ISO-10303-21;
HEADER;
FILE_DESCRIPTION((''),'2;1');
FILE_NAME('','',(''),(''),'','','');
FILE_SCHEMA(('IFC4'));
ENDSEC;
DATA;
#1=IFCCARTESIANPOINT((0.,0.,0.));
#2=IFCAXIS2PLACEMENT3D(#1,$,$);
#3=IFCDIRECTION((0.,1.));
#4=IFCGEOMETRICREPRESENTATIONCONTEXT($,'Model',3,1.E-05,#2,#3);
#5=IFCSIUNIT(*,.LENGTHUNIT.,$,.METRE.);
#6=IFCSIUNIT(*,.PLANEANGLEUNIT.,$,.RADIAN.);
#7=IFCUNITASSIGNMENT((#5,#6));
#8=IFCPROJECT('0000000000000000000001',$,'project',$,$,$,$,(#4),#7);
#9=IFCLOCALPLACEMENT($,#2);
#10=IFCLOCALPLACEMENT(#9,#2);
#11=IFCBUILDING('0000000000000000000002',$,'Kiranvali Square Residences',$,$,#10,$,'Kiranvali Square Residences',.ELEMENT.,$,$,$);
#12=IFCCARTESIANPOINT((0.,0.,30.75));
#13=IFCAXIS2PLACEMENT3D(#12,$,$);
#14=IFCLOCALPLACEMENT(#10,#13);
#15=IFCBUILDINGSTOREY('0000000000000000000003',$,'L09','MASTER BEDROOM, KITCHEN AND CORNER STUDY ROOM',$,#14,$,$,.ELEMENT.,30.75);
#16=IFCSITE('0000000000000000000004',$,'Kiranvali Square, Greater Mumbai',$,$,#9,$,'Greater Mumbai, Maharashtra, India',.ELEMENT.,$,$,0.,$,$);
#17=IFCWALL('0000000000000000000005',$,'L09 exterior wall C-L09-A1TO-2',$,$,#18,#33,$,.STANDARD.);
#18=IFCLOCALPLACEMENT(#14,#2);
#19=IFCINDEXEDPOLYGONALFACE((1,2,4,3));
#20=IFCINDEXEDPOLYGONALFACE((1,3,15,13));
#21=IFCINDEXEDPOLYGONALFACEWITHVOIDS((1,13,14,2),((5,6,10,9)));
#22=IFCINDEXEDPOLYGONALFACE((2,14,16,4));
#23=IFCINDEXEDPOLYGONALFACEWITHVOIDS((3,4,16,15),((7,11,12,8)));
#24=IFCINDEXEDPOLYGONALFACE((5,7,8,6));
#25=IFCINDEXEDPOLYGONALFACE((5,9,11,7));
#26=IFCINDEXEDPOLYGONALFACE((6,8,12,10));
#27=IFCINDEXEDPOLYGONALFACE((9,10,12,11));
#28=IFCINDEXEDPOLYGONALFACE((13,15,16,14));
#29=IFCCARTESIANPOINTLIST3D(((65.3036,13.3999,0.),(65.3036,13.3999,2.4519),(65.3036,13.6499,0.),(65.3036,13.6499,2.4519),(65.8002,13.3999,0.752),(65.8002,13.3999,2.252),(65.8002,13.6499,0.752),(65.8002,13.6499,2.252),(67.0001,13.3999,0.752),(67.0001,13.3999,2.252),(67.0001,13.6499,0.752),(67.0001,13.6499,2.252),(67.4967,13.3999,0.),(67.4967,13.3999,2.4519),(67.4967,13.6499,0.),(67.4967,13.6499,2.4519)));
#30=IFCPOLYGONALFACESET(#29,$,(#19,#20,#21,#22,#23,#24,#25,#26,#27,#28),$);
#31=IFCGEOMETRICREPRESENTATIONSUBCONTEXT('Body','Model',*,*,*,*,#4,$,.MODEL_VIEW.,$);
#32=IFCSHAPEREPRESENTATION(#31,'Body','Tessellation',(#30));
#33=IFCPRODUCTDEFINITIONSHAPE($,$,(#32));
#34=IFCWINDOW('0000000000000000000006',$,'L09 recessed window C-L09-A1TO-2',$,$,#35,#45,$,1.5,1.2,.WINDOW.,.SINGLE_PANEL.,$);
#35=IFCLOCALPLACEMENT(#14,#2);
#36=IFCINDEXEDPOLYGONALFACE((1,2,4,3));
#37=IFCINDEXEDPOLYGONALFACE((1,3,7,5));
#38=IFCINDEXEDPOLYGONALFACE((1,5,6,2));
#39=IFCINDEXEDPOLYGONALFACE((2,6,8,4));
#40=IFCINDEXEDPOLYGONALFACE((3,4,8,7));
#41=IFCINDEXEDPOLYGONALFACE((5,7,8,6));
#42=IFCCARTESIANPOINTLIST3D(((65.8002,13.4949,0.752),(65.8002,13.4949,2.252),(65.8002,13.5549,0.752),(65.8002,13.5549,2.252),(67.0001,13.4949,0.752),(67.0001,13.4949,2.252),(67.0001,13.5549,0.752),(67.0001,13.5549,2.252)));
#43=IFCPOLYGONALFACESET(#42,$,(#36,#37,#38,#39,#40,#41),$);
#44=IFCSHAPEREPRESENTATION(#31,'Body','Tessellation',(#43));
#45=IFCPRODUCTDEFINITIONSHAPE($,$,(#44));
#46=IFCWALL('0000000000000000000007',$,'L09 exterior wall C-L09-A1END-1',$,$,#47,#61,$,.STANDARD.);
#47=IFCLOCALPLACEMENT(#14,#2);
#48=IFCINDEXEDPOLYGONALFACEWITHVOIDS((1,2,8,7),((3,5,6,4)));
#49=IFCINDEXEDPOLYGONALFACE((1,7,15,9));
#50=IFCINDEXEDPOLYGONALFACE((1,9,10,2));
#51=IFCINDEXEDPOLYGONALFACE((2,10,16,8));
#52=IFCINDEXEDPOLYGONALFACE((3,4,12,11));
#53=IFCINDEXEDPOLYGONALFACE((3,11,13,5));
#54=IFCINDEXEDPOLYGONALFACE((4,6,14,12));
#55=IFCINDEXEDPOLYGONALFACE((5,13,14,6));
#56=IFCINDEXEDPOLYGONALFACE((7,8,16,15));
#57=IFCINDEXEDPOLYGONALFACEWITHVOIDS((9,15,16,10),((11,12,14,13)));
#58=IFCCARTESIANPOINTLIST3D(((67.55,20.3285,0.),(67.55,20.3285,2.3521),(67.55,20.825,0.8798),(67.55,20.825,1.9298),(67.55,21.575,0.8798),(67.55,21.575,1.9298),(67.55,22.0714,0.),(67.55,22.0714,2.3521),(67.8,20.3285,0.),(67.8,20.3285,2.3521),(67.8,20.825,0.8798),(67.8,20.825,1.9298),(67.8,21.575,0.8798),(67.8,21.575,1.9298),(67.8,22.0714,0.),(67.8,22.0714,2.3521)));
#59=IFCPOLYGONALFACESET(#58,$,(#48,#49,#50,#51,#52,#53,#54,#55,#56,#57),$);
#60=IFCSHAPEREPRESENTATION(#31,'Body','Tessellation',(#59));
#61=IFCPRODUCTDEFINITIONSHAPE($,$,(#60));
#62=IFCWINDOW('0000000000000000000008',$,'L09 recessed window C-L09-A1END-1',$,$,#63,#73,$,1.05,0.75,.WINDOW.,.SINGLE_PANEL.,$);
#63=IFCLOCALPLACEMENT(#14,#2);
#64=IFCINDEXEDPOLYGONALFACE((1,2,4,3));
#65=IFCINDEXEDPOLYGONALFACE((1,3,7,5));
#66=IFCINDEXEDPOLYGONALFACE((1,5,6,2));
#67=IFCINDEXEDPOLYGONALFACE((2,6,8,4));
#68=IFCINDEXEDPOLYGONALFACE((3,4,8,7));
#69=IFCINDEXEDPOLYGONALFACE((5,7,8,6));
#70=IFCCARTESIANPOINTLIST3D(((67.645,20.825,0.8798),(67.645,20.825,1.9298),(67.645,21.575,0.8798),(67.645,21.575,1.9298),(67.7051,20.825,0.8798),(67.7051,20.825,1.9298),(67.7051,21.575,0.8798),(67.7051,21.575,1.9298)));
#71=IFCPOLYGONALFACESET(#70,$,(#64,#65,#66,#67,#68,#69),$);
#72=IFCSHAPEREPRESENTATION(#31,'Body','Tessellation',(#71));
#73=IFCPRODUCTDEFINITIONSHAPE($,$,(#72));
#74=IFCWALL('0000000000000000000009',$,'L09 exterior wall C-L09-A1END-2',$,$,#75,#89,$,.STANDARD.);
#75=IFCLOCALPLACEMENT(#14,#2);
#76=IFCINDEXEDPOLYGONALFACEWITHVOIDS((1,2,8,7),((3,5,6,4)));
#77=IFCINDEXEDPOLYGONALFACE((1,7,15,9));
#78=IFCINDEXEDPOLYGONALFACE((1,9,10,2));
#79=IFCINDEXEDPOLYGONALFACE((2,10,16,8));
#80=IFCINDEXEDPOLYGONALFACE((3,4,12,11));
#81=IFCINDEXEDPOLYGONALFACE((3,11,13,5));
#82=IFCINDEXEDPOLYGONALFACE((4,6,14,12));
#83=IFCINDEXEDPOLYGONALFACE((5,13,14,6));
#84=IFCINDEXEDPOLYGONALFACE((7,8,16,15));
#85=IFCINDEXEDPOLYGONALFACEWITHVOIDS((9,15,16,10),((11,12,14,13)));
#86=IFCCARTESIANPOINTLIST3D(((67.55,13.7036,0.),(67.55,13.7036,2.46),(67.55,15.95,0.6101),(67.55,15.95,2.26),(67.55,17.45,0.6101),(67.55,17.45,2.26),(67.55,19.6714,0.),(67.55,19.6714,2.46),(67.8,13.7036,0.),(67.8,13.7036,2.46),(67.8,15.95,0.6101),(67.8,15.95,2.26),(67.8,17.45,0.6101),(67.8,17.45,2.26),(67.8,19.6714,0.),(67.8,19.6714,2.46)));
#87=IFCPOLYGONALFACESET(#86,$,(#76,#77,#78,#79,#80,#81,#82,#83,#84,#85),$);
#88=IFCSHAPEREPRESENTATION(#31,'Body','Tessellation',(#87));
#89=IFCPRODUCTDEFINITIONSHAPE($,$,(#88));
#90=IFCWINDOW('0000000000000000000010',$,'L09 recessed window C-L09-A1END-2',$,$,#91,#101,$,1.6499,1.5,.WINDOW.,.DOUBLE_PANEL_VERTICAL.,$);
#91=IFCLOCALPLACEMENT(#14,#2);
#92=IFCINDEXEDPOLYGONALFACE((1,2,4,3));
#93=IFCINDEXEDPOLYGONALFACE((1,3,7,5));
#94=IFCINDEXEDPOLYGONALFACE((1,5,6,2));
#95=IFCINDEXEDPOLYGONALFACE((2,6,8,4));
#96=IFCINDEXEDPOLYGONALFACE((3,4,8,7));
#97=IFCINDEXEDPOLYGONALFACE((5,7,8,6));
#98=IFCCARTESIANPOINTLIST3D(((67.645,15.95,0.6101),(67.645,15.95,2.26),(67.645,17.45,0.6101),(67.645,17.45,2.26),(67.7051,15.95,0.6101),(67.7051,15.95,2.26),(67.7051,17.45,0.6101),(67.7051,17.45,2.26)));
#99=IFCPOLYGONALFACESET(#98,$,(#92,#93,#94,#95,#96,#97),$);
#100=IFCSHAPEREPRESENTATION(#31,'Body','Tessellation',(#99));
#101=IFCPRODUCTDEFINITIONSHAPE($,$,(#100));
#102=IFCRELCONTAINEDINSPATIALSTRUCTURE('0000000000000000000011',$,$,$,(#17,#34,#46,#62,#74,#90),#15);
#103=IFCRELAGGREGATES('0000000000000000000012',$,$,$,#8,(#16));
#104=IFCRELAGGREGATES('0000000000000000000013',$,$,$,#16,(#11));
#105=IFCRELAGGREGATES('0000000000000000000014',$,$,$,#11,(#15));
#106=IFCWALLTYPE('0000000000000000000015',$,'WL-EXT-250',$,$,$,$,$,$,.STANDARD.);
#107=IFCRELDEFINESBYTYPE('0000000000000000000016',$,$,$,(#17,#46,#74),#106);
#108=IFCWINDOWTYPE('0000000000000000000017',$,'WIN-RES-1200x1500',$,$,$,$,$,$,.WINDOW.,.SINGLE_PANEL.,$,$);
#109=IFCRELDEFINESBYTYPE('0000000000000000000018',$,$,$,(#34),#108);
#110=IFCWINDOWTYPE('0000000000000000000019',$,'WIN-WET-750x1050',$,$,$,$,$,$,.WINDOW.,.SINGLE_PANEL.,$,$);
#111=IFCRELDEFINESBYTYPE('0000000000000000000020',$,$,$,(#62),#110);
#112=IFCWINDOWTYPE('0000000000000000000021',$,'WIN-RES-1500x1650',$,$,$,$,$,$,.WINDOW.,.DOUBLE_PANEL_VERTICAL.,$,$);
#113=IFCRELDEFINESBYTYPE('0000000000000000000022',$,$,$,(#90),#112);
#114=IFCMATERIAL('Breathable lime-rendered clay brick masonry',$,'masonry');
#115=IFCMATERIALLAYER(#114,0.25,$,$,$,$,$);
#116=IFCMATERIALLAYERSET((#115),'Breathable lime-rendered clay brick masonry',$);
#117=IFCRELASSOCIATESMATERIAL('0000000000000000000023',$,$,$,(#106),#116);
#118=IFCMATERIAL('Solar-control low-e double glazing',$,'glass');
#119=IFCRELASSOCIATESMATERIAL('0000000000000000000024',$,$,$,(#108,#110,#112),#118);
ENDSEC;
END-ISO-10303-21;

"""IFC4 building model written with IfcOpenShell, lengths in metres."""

from ifc_helpers import new_model, si_unit, direction, frame, frame_2d, origin, place, context, subcontext, project, spatial, rectangle, extrude, material, layer, layer_set, type_object, element, fill, save


model = new_model("IFC4")

# Units and contexts
model_context = context("Model", 3, precision=1e-05, world=origin(), true_north=direction((0.0, 1.0)))
body_context = subcontext(model_context, "Body", "Model", "MODEL_VIEW")
ifc_project = project(units=[si_unit("LENGTHUNIT", "METRE"), si_unit("PLANEANGLEUNIT", "RADIAN")], contexts=[model_context])

# Site, building, storey
site_placement = place(None, origin())
site = spatial("IfcSite", under=ifc_project, at=site_placement, Name="Kiranvali Square, Greater Mumbai", LongName="Greater Mumbai, Maharashtra, India", CompositionType="ELEMENT", RefElevation=0.0)
building_placement = place(site_placement, origin())
building = spatial("IfcBuilding", under=site, at=building_placement, Name="Kiranvali Square Residences", LongName="Kiranvali Square Residences", CompositionType="ELEMENT")
storey_placement = place(building_placement, frame((0.0, 0.0, 30.75)))
storey = spatial("IfcBuildingStorey", under=building, at=storey_placement, Name="L09", Description="MASTER BEDROOM, KITCHEN AND CORNER STUDY ROOM", CompositionType="ELEMENT", Elevation=30.75)

# Walls, openings, windows
ifc_material_1 = material(Name="Breathable lime-rendered clay brick masonry", Category="masonry")
ifc_layer_1 = layer(ifc_material_1, 0.25)
ifc_layer_set_1 = layer_set([ifc_layer_1], Name="Breathable lime-rendered clay brick masonry")
wall_type_1 = type_object("IfcWallType", Name="WL-EXT-250", PredefinedType="STANDARD", material=ifc_layer_set_1)
ifc_material_2 = material(Name="Solar-control low-e double glazing", Category="glass")
window_type_1 = type_object("IfcWindowType", Name="WIN-RES-1200x1500", PartitioningType="SINGLE_PANEL", PredefinedType="WINDOW", material=ifc_material_2)
wall_1_placement = place(storey_placement, frame((65.3035, 13.5249, 0.0), z_axis=(0.0, 0.0, 1.0), x_axis=(1.0, 0.0, 0.0)))
wall_1 = element("IfcWall", 1, at=wall_1_placement, inside=storey, type_object=wall_type_1, Name="L09 exterior wall C-L09-A1TO-2", PredefinedType="STANDARD", context=body_context, shape_type="SweptSolid", body=[
    extrude(rectangle(XDim=2.1931, YDim=0.25, at=frame_2d((1.0967, 0.0))), origin(), (0.0, 0.0, 1.0), 2.4519),
])
opening_1_placement = place(wall_1_placement, frame((0.4966, 0.0, 0.752)))
opening_1 = element("IfcOpeningElement", 2, at=opening_1_placement, cuts=wall_1, PredefinedType="OPENING", context=body_context, shape_type="SweptSolid", body=[
    extrude(rectangle(XDim=1.2, YDim=1.5, at=frame_2d((0.6001, 0.75))), frame((0.0, 0.135, 0.0), z_axis=(0.0, -1.0, 0.0), x_axis=(1.0, 0.0, 0.0)), (0.0, 0.0, 1.0), 0.27),
])
window_1_placement = place(opening_1_placement, origin())
window_1 = element("IfcWindow", 3, at=window_1_placement, inside=storey, type_object=window_type_1, Name="L09 recessed window C-L09-A1TO-2", OverallHeight=1.5, OverallWidth=1.2, PartitioningType="SINGLE_PANEL", PredefinedType="WINDOW", context=body_context, shape_type="SweptSolid", body=[
    extrude(rectangle(XDim=1.2, YDim=1.5, at=frame_2d((0.6001, 0.75))), frame((0.0, 0.03, 0.0), z_axis=(0.0, -1.0, 0.0), x_axis=(1.0, 0.0, 0.0)), (0.0, 0.0, 1.0), 0.0601),
])
fill(opening_1, window_1)
wall_2_placement = place(storey_placement, frame((67.675, 22.0715, 0.0), z_axis=(0.0, 0.0, 1.0), x_axis=(0.0, -1.0, 0.0)))
wall_2 = element("IfcWall", 4, at=wall_2_placement, inside=storey, type_object=wall_type_1, Name="L09 exterior wall C-L09-A1END-1", PredefinedType="STANDARD", context=body_context, shape_type="SweptSolid", body=[
    extrude(rectangle(XDim=1.7429, YDim=0.25, at=frame_2d((0.8716, 0.0))), origin(), (0.0, 0.0, 1.0), 2.3521),
])
opening_2_placement = place(wall_2_placement, frame((0.4966, 0.0, 0.8799)))
opening_2 = element("IfcOpeningElement", 5, at=opening_2_placement, cuts=wall_2, PredefinedType="OPENING", context=body_context, shape_type="SweptSolid", body=[
    extrude(rectangle(XDim=0.75, YDim=1.05, at=frame_2d((0.375, 0.5249))), frame((0.0, 0.135, 0.0), z_axis=(0.0, -1.0, 0.0), x_axis=(1.0, 0.0, 0.0)), (0.0, 0.0, 1.0), 0.27),
])
window_type_2 = type_object("IfcWindowType", Name="WIN-WET-750x1050", PartitioningType="SINGLE_PANEL", PredefinedType="WINDOW", material=ifc_material_2)
window_2_placement = place(opening_2_placement, origin())
window_2 = element("IfcWindow", 6, at=window_2_placement, inside=storey, type_object=window_type_2, Name="L09 recessed window C-L09-A1END-1", OverallHeight=1.05, OverallWidth=0.75, PartitioningType="SINGLE_PANEL", PredefinedType="WINDOW", context=body_context, shape_type="SweptSolid", body=[
    extrude(rectangle(XDim=0.75, YDim=1.05, at=frame_2d((0.375, 0.5249))), frame((0.0, 0.03, 0.0), z_axis=(0.0, -1.0, 0.0), x_axis=(1.0, 0.0, 0.0)), (0.0, 0.0, 1.0), 0.0601),
])
fill(opening_2, window_2)
wall_3_placement = place(storey_placement, frame((67.675, 19.6714, 0.0), z_axis=(0.0, 0.0, 1.0), x_axis=(0.0, -1.0, 0.0)))
wall_3 = element("IfcWall", 7, at=wall_3_placement, inside=storey, type_object=wall_type_1, Name="L09 exterior wall C-L09-A1END-2", PredefinedType="STANDARD", context=body_context, shape_type="SweptSolid", body=[
    extrude(rectangle(XDim=5.9678, YDim=0.25, at=frame_2d((2.9839, 0.0))), origin(), (0.0, 0.0, 1.0), 2.46),
])
opening_3_placement = place(wall_3_placement, frame((2.2214, 0.0, 0.6101)))
opening_3 = element("IfcOpeningElement", 8, at=opening_3_placement, cuts=wall_3, PredefinedType="OPENING", context=body_context, shape_type="SweptSolid", body=[
    extrude(rectangle(XDim=1.5, YDim=1.6499, at=frame_2d((0.75, 0.825))), frame((0.0, 0.135, 0.0), z_axis=(0.0, -1.0, 0.0), x_axis=(1.0, 0.0, 0.0)), (0.0, 0.0, 1.0), 0.27),
])
window_type_3 = type_object("IfcWindowType", Name="WIN-RES-1500x1650", PartitioningType="DOUBLE_PANEL_VERTICAL", PredefinedType="WINDOW", material=ifc_material_2)
window_3_placement = place(opening_3_placement, origin())
window_3 = element("IfcWindow", 9, at=window_3_placement, inside=storey, type_object=window_type_3, Name="L09 recessed window C-L09-A1END-2", OverallHeight=1.6499, OverallWidth=1.5, PartitioningType="DOUBLE_PANEL_VERTICAL", PredefinedType="WINDOW", context=body_context, shape_type="SweptSolid", body=[
    extrude(rectangle(XDim=1.5, YDim=1.6499, at=frame_2d((0.75, 0.825))), frame((0.0, 0.03, 0.0), z_axis=(0.0, -1.0, 0.0), x_axis=(1.0, 0.0, 0.0)), (0.0, 0.0, 1.0), 0.0601),
])
fill(opening_3, window_3)

save(model, "model.ifc")
